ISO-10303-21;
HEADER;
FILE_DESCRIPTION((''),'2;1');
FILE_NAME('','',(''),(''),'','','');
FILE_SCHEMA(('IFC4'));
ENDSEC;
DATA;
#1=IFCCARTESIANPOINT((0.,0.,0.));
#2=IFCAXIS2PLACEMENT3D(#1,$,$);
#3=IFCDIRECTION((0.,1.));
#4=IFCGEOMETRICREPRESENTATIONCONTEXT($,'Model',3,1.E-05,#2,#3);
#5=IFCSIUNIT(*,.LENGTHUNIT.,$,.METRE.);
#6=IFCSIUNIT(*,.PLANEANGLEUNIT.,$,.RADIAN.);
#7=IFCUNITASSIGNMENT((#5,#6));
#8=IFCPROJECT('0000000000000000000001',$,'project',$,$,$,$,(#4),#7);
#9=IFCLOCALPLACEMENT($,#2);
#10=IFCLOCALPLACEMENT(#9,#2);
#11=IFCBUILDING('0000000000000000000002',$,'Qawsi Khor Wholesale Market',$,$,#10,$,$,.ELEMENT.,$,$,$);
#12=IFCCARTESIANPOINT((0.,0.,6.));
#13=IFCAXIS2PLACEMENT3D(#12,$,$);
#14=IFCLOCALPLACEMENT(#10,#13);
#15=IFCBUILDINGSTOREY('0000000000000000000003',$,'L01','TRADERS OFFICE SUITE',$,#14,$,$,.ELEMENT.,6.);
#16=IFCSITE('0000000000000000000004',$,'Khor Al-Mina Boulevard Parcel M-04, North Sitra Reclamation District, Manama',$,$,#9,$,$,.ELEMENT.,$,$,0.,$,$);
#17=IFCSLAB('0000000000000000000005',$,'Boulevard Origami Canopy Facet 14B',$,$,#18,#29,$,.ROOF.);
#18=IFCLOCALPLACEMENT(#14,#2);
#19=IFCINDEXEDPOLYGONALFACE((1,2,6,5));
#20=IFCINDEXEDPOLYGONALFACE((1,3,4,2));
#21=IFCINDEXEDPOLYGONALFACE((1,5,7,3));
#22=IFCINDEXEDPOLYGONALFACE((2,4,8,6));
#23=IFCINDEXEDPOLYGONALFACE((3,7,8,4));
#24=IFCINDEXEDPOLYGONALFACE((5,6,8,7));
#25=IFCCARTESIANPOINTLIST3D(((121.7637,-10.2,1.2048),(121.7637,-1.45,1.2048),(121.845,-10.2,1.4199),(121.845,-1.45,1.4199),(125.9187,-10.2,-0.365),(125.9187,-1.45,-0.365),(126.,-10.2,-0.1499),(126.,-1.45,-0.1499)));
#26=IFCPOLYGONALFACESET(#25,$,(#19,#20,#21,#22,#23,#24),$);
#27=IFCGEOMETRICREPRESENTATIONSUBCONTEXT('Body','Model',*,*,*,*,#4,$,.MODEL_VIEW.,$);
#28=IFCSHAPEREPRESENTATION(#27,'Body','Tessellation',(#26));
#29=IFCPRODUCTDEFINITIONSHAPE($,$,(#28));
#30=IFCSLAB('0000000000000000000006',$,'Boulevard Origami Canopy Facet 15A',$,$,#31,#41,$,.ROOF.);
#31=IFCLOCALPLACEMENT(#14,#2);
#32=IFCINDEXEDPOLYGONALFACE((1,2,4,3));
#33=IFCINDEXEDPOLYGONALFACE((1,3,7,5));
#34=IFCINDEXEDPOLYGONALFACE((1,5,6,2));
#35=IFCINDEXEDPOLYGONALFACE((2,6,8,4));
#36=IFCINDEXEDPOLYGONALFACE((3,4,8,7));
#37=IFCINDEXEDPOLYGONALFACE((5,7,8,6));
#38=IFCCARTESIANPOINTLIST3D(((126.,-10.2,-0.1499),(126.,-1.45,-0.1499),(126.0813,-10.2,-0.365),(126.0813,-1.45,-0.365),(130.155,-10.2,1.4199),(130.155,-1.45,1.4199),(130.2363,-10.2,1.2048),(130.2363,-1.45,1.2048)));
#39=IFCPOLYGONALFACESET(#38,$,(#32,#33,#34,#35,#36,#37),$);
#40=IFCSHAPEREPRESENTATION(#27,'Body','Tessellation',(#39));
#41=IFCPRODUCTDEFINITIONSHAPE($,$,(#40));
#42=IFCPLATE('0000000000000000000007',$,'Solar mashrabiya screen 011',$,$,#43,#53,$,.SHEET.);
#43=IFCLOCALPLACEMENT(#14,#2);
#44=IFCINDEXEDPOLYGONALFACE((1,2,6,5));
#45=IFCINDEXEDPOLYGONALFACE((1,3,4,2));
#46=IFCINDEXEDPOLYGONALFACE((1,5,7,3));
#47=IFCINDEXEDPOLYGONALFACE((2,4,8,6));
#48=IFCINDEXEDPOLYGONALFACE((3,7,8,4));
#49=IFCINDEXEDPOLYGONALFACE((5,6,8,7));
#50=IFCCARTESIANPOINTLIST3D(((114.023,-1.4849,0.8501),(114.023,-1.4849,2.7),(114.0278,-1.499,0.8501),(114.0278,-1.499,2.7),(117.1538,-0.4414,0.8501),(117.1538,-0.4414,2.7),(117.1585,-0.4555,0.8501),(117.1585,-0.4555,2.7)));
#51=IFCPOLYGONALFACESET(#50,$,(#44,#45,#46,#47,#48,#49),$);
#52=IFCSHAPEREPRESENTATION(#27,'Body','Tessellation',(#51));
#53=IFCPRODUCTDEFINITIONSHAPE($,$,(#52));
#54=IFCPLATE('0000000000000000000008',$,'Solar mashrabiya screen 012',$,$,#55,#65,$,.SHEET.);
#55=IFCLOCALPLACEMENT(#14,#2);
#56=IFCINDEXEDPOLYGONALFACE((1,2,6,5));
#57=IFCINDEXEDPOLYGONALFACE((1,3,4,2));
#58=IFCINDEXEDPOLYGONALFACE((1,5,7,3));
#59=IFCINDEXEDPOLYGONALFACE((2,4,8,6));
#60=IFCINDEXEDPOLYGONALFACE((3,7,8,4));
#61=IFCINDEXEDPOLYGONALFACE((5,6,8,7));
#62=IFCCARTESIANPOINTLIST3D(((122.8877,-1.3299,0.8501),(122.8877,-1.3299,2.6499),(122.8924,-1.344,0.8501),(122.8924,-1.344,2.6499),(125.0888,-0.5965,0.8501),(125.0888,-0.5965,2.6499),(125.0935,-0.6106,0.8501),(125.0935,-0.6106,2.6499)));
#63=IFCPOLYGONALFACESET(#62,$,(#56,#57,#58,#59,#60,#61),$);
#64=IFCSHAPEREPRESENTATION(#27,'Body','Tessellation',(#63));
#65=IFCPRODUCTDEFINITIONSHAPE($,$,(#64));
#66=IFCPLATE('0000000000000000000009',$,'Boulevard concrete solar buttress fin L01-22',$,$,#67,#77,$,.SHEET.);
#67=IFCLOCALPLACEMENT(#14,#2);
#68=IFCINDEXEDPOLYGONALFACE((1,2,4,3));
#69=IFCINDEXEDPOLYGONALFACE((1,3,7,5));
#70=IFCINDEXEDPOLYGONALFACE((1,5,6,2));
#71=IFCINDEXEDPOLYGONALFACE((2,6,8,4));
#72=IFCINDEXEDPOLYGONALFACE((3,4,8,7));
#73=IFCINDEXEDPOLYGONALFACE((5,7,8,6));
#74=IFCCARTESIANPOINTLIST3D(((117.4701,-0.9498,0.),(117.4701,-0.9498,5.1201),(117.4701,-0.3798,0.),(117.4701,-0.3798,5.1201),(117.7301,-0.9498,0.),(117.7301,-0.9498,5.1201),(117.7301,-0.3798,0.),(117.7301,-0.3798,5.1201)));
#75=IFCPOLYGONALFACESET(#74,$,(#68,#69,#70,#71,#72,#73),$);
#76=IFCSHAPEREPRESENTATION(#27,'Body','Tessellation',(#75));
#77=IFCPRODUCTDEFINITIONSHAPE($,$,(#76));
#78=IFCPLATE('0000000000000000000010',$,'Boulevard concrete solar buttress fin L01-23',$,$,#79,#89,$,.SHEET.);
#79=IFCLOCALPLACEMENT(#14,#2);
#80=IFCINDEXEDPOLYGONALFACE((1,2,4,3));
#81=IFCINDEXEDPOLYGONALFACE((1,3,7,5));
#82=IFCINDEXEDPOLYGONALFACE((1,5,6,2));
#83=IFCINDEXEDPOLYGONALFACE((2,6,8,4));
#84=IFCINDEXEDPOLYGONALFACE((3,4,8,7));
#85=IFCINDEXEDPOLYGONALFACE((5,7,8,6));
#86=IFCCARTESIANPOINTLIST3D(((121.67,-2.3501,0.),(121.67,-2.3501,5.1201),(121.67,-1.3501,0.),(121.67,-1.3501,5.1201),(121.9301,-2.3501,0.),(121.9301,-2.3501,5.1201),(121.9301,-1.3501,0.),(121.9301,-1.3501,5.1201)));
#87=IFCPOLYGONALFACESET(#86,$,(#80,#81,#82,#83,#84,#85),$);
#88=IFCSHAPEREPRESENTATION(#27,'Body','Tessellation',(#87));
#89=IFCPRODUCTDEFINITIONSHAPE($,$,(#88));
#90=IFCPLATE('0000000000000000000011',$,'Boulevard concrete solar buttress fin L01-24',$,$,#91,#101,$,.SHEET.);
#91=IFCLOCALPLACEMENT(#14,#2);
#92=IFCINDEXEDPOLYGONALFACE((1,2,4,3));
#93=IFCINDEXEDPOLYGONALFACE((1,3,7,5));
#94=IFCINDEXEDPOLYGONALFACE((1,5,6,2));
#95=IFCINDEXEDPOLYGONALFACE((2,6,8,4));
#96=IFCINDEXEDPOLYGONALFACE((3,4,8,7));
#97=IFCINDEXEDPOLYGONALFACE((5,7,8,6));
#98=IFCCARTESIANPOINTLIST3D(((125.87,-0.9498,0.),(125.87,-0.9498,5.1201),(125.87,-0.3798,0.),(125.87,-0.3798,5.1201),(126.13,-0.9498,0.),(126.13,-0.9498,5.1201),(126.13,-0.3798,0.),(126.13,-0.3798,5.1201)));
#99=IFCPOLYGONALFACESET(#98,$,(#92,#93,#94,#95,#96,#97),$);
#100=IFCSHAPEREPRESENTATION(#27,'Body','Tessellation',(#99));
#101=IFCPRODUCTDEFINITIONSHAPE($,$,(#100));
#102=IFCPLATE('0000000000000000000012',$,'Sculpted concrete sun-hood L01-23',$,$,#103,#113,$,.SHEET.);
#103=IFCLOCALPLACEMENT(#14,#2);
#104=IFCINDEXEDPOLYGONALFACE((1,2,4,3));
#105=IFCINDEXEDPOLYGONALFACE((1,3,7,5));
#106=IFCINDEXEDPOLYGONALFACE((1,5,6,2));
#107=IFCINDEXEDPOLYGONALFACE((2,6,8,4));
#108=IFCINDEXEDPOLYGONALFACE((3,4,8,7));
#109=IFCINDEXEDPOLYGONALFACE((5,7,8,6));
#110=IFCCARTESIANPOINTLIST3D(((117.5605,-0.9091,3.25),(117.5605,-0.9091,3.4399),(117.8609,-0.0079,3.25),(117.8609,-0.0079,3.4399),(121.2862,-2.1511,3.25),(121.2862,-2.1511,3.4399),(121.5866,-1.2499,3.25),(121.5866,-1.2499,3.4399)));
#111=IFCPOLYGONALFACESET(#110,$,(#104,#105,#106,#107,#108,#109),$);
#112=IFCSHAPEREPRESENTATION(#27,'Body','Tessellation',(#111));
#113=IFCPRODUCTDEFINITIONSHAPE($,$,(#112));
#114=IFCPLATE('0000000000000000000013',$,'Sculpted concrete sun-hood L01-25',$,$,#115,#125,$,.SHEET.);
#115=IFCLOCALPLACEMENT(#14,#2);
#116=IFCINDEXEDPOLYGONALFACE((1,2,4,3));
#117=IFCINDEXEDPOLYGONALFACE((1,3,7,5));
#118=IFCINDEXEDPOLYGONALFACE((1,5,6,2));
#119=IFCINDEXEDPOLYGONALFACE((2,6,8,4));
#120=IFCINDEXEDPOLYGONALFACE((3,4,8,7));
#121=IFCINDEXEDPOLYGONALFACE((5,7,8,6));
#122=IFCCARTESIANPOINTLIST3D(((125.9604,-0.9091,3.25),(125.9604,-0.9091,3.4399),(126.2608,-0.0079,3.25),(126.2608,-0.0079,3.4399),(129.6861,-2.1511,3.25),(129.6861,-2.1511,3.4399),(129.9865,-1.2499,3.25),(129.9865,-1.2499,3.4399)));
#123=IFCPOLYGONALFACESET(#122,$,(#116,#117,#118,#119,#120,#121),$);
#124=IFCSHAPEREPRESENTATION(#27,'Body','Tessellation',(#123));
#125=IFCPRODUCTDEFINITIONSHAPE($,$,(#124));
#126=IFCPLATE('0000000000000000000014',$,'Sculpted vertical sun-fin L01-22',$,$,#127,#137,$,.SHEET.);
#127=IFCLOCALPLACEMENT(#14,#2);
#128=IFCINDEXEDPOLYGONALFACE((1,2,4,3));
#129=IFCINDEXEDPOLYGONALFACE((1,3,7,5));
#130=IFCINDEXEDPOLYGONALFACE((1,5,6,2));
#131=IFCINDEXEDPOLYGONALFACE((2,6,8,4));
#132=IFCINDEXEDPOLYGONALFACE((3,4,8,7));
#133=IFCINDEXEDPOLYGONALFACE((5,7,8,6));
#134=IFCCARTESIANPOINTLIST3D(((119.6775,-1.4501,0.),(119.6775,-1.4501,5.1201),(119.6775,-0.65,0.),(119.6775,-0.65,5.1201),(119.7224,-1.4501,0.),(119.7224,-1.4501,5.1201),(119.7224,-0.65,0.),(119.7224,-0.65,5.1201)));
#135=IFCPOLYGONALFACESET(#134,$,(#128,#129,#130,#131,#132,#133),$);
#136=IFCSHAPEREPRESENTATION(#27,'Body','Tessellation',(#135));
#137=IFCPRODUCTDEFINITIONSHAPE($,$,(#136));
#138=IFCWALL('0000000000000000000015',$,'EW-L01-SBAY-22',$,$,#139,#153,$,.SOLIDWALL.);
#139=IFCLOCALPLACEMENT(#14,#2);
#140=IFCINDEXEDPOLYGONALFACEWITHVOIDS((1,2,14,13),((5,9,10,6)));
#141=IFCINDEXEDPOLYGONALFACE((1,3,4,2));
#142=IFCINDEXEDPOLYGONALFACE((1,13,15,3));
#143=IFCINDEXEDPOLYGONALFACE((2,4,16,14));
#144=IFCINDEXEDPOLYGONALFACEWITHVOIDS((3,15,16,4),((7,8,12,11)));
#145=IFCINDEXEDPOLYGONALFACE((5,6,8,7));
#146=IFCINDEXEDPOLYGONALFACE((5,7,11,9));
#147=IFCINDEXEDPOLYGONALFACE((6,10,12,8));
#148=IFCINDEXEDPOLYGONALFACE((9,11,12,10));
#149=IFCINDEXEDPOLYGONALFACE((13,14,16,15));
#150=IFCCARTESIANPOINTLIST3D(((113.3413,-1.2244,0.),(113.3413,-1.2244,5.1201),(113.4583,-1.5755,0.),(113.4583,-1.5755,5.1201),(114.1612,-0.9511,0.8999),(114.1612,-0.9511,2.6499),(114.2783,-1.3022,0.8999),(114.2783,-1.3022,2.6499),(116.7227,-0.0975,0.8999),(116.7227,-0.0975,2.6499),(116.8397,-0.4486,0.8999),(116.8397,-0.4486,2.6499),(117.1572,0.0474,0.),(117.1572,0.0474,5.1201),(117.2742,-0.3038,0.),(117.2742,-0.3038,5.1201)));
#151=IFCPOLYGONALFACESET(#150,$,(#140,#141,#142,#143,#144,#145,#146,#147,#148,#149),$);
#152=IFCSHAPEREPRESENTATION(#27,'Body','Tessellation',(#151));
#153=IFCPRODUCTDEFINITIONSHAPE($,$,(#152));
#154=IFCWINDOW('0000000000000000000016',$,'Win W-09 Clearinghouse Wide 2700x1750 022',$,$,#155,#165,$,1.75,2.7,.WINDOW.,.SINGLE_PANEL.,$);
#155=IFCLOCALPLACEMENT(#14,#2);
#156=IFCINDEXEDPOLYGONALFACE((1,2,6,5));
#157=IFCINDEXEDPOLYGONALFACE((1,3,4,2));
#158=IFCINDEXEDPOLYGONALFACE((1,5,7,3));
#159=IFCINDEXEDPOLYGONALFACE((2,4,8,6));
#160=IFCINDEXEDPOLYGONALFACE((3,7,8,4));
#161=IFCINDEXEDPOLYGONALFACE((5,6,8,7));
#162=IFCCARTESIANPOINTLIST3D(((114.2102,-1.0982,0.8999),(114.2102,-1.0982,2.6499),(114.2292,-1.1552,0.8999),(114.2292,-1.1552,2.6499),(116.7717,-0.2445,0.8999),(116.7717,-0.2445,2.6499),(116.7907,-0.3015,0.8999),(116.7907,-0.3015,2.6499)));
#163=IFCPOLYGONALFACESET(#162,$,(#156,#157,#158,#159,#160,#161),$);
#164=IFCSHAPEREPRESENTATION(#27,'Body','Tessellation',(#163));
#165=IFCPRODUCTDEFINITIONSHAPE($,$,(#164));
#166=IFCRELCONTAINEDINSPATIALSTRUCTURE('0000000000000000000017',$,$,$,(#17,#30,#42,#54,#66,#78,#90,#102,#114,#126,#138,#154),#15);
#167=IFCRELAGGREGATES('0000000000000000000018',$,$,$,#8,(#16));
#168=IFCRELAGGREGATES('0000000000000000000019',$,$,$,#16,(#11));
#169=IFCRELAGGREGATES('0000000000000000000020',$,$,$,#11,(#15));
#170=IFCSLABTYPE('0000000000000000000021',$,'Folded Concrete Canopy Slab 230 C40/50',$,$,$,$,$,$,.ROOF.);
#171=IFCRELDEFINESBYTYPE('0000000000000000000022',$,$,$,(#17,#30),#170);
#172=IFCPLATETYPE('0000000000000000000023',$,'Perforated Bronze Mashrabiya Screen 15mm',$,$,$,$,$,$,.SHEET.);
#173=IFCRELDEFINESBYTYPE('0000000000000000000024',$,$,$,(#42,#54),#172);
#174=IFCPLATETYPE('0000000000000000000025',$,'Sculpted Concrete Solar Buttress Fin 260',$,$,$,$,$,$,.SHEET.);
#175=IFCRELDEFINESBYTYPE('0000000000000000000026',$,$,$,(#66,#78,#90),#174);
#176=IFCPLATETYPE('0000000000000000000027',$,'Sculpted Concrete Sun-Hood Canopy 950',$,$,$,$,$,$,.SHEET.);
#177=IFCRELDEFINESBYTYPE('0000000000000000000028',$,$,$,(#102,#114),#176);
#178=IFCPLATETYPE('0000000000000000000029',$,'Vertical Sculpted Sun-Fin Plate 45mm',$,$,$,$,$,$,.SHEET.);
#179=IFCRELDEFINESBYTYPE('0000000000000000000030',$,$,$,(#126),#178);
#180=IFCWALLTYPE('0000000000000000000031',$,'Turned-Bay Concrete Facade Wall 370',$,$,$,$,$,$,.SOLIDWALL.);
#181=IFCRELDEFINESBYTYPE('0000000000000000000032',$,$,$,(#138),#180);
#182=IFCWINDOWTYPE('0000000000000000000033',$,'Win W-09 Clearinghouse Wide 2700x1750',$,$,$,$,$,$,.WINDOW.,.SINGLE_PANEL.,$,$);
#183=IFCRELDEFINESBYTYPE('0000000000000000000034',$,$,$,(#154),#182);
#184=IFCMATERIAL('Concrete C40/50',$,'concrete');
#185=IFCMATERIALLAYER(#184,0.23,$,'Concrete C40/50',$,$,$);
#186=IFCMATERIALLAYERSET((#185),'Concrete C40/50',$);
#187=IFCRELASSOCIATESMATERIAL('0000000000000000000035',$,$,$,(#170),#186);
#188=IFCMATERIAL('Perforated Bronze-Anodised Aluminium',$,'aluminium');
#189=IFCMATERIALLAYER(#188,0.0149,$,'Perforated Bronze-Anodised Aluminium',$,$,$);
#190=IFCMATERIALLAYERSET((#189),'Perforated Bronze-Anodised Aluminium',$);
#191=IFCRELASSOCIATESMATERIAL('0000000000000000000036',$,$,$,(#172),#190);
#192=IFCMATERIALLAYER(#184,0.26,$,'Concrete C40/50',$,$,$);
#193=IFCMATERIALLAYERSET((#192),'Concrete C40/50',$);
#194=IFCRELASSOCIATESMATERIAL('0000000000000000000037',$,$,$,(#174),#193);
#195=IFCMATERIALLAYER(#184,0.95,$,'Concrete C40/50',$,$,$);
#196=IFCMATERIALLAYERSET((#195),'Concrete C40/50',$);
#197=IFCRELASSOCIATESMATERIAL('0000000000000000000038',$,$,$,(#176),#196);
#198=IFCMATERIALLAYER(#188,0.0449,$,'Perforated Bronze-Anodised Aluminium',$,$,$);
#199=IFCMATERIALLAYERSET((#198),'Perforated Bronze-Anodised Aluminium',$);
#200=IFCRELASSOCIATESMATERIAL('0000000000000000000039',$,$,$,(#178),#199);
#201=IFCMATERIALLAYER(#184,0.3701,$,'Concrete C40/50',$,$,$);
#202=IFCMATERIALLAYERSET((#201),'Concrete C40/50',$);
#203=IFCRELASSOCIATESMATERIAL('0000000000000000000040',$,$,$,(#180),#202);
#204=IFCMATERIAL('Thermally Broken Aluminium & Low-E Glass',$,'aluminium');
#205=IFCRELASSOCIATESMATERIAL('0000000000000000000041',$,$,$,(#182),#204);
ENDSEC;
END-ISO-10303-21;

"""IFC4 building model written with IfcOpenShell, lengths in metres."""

from ifc_helpers import new_model, si_unit, direction, frame, frame_2d, origin, place, context, subcontext, project, spatial, polyline, rectangle, outline, extrude, material, layer, layer_set, type_object, element, fill, save


model = new_model("IFC4")

# Units and contexts
model_context = context("Model", 3, precision=1e-05, world=origin(), true_north=direction((0.0, 1.0)))
body_context = subcontext(model_context, "Body", "Model", "MODEL_VIEW")
ifc_project = project(units=[si_unit("LENGTHUNIT", "METRE"), si_unit("PLANEANGLEUNIT", "RADIAN")], contexts=[model_context])

# Site, building, storey
site_placement = place(None, origin())
site = spatial("IfcSite", under=ifc_project, at=site_placement, Name="Khor Al-Mina Boulevard Parcel M-04, North Sitra Reclamation District, Manama", CompositionType="ELEMENT", RefElevation=0.0)
building_placement = place(site_placement, origin())
building = spatial("IfcBuilding", under=site, at=building_placement, Name="Qawsi Khor Wholesale Market", CompositionType="ELEMENT")
storey_placement = place(building_placement, frame((0.0, 0.0, 6.0)))
storey = spatial("IfcBuildingStorey", under=building, at=storey_placement, Name="L01", Description="TRADERS OFFICE SUITE", CompositionType="ELEMENT", Elevation=6.0)

# Slabs
ifc_material_1 = material(Name="Concrete C40/50", Category="concrete")
ifc_layer_1 = layer(ifc_material_1, 0.23, Name="Concrete C40/50")
ifc_layer_set_1 = layer_set([ifc_layer_1], Name="Concrete C40/50")
slab_type = type_object("IfcSlabType", Name="Folded Concrete Canopy Slab 230 C40/50", PredefinedType="ROOF", material=ifc_layer_set_1)
for number, where, z_axis, x_axis, name in (
    (1, (121.845, -10.2, 1.4199), (0.353429, 0.0, 0.935461), (0.935461, 0.0, -0.353429), "Boulevard Origami Canopy Facet 14B"),
    (2, (126.0, -10.2, -0.1499), (-0.353429, 0.0, 0.935461), (0.935461, 0.0, 0.353429), "Boulevard Origami Canopy Facet 15A"),
):
    element("IfcSlab", number, at=place(storey_placement, frame(where, z_axis=z_axis, x_axis=x_axis)), inside=storey, type_object=slab_type, Name=name, PredefinedType="ROOF", context=body_context, shape_type="SweptSolid", body=[
        extrude(outline(polyline([(0.0, 0.0), (4.4417, 0.0), (4.4417, 8.75), (0.0, 8.75), (0.0, 0.0)])), origin(), (0.0, 0.0, -1.0), 0.23),
    ])

# Plates
ifc_material_2 = material(Name="Perforated Bronze-Anodised Aluminium", Category="aluminium")
ifc_layer_2 = layer(ifc_material_2, 0.0149, Name="Perforated Bronze-Anodised Aluminium")
ifc_layer_set_2 = layer_set([ifc_layer_2], Name="Perforated Bronze-Anodised Aluminium")
plate_type_1 = type_object("IfcPlateType", Name="Perforated Bronze Mashrabiya Screen 15mm", PredefinedType="SHEET", material=ifc_layer_set_2)
plate_1_placement = place(storey_placement, frame((117.156, -0.4485, 0.8501), z_axis=(0.0, 0.0, 1.0), x_axis=(-0.948691, -0.316206, 0.0)))
element("IfcPlate", 3, at=plate_1_placement, inside=storey, type_object=plate_type_1, Name="Solar mashrabiya screen 011", PredefinedType="SHEET", context=body_context, shape_type="SweptSolid", body=[
    extrude(rectangle(XDim=3.3, YDim=0.0149, at=frame_2d((1.6499, 0.0))), origin(), (0.0, 0.0, 1.0), 1.8499),
])
plate_2_placement = place(storey_placement, frame((125.0913, -0.6035, 0.8501), z_axis=(0.0, 0.0, 1.0), x_axis=(-0.948725, -0.316101, 0.0)))
element("IfcPlate", 4, at=plate_2_placement, inside=storey, type_object=plate_type_1, Name="Solar mashrabiya screen 012", PredefinedType="SHEET", context=body_context, shape_type="SweptSolid", body=[
    extrude(rectangle(XDim=2.3201, YDim=0.0149, at=frame_2d((1.1602, 0.0))), origin(), (0.0, 0.0, 1.0), 1.7998),
])
ifc_layer_3 = layer(ifc_material_1, 0.26, Name="Concrete C40/50")
ifc_layer_set_3 = layer_set([ifc_layer_3], Name="Concrete C40/50")
plate_type_2 = type_object("IfcPlateType", Name="Sculpted Concrete Solar Buttress Fin 260", PredefinedType="SHEET", material=ifc_layer_set_3)
plate_3_placement = place(storey_placement, frame((117.6001, -0.95, 0.0), z_axis=(0.0, 0.0, 1.0), x_axis=(0.0, 1.0, 0.0)))
element("IfcPlate", 5, at=plate_3_placement, inside=storey, type_object=plate_type_2, Name="Boulevard concrete solar buttress fin L01-22", PredefinedType="SHEET", context=body_context, shape_type="SweptSolid", body=[
    extrude(rectangle(XDim=0.5701, YDim=0.26, at=frame_2d((0.2852, 0.0))), origin(), (0.0, 0.0, 1.0), 5.1201),
])
plate_4_placement = place(storey_placement, frame((121.8, -2.3501, 0.0), z_axis=(0.0, 0.0, 1.0), x_axis=(0.0, 1.0, 0.0)))
element("IfcPlate", 6, at=plate_4_placement, inside=storey, type_object=plate_type_2, Name="Boulevard concrete solar buttress fin L01-23", PredefinedType="SHEET", context=body_context, shape_type="SweptSolid", body=[
    extrude(rectangle(XDim=1.0, YDim=0.26, at=frame_2d((0.5, 0.0))), origin(), (0.0, 0.0, 1.0), 5.1201),
])
plate_5_placement = place(storey_placement, frame((126.0, -0.95, 0.0), z_axis=(0.0, 0.0, 1.0), x_axis=(0.0, 1.0, 0.0)))
element("IfcPlate", 7, at=plate_5_placement, inside=storey, type_object=plate_type_2, Name="Boulevard concrete solar buttress fin L01-24", PredefinedType="SHEET", context=body_context, shape_type="SweptSolid", body=[
    extrude(rectangle(XDim=0.5701, YDim=0.26, at=frame_2d((0.2852, 0.0))), origin(), (0.0, 0.0, 1.0), 5.1201),
])
ifc_layer_4 = layer(ifc_material_1, 0.95, Name="Concrete C40/50")
ifc_layer_set_4 = layer_set([ifc_layer_4], Name="Concrete C40/50")
plate_type_3 = type_object("IfcPlateType", Name="Sculpted Concrete Sun-Hood Canopy 950", PredefinedType="SHEET", material=ifc_layer_set_4)
for number, where, z_axis, x_axis, name in (
    (8, (117.7107, -0.4585, 3.25), (0.0, 0.0, 1.0), (0.948677, -0.316246, 0.0), "Sculpted concrete sun-hood L01-23"),
    (9, (126.1106, -0.4585, 3.25), (0.0, 0.0, 1.0), (0.948677, -0.316246, 0.0), "Sculpted concrete sun-hood L01-25"),
):
    element("IfcPlate", number, at=place(storey_placement, frame(where, z_axis=z_axis, x_axis=x_axis)), inside=storey, type_object=plate_type_3, Name=name, PredefinedType="SHEET", context=body_context, shape_type="SweptSolid", body=[
        extrude(rectangle(XDim=3.9272, YDim=0.95, at=frame_2d((1.9636, 0.0))), origin(), (0.0, 0.0, 1.0), 0.1899),
    ])
ifc_layer_5 = layer(ifc_material_2, 0.0449, Name="Perforated Bronze-Anodised Aluminium")
ifc_layer_set_5 = layer_set([ifc_layer_5], Name="Perforated Bronze-Anodised Aluminium")
plate_type_4 = type_object("IfcPlateType", Name="Vertical Sculpted Sun-Fin Plate 45mm", PredefinedType="SHEET", material=ifc_layer_set_5)
plate_6_placement = place(storey_placement, frame((119.7, -1.45, 0.0), z_axis=(0.0, 0.0, 1.0), x_axis=(0.0, 1.0, 0.0)))
element("IfcPlate", 10, at=plate_6_placement, inside=storey, type_object=plate_type_4, Name="Sculpted vertical sun-fin L01-22", PredefinedType="SHEET", context=body_context, shape_type="SweptSolid", body=[
    extrude(rectangle(XDim=0.8, YDim=0.0449, at=frame_2d((0.3999, 0.0))), origin(), (0.0, 0.0, 1.0), 5.1201),
])

# Wall, opening, window
ifc_layer_6 = layer(ifc_material_1, 0.3701, Name="Concrete C40/50")
ifc_layer_set_6 = layer_set([ifc_layer_6], Name="Concrete C40/50")
wall_type_1 = type_object("IfcWallType", Name="Turned-Bay Concrete Facade Wall 370", PredefinedType="SOLIDWALL", material=ifc_layer_set_6)
wall_1_placement = place(storey_placement, frame((117.2158, -0.1282, 0.0), z_axis=(0.0, 0.0, 1.0), x_axis=(-0.948702, -0.316173, 0.0)))
wall_1 = element("IfcWall", 11, at=wall_1_placement, inside=storey, type_object=wall_type_1, Name="EW-L01-SBAY-22", PredefinedType="SOLIDWALL", context=body_context, shape_type="SweptSolid", body=[
    extrude(rectangle(XDim=4.0222, YDim=0.3701, at=frame_2d((2.0112, 0.0))), origin(), (0.0, 0.0, 1.0), 5.1201),
])
opening_1_placement = place(wall_1_placement, frame((0.458, 0.0, 0.8999)))
opening_1 = element("IfcOpeningElement", 12, at=opening_1_placement, cuts=wall_1, PredefinedType="OPENING", context=body_context, shape_type="SweptSolid", body=[
    extrude(rectangle(XDim=2.7, YDim=1.75, at=frame_2d((1.3501, 0.875))), frame((0.0, 0.1951, 0.0), z_axis=(0.0, -1.0, 0.0), x_axis=(1.0, 0.0, 0.0)), (0.0, 0.0, 1.0), 0.3901),
])
ifc_material_3 = material(Name="Thermally Broken Aluminium & Low-E Glass", Category="aluminium")
window_type_1 = type_object("IfcWindowType", Name="Win W-09 Clearinghouse Wide 2700x1750", PartitioningType="SINGLE_PANEL", PredefinedType="WINDOW", material=ifc_material_3)
window_1_placement = place(opening_1_placement, origin())
window_1 = element("IfcWindow", 13, at=window_1_placement, inside=storey, type_object=window_type_1, Name="Win W-09 Clearinghouse Wide 2700x1750 022", OverallHeight=1.75, OverallWidth=2.7, PartitioningType="SINGLE_PANEL", PredefinedType="WINDOW", context=body_context, shape_type="SweptSolid", body=[
    extrude(rectangle(XDim=2.7, YDim=1.75, at=frame_2d((1.3501, 0.875))), frame((0.0, 0.03, 0.0), z_axis=(0.0, -1.0, 0.0), x_axis=(1.0, 0.0, 0.0)), (0.0, 0.0, 1.0), 0.0601),
])
fill(opening_1, window_1)

save(model, "model.ifc")
